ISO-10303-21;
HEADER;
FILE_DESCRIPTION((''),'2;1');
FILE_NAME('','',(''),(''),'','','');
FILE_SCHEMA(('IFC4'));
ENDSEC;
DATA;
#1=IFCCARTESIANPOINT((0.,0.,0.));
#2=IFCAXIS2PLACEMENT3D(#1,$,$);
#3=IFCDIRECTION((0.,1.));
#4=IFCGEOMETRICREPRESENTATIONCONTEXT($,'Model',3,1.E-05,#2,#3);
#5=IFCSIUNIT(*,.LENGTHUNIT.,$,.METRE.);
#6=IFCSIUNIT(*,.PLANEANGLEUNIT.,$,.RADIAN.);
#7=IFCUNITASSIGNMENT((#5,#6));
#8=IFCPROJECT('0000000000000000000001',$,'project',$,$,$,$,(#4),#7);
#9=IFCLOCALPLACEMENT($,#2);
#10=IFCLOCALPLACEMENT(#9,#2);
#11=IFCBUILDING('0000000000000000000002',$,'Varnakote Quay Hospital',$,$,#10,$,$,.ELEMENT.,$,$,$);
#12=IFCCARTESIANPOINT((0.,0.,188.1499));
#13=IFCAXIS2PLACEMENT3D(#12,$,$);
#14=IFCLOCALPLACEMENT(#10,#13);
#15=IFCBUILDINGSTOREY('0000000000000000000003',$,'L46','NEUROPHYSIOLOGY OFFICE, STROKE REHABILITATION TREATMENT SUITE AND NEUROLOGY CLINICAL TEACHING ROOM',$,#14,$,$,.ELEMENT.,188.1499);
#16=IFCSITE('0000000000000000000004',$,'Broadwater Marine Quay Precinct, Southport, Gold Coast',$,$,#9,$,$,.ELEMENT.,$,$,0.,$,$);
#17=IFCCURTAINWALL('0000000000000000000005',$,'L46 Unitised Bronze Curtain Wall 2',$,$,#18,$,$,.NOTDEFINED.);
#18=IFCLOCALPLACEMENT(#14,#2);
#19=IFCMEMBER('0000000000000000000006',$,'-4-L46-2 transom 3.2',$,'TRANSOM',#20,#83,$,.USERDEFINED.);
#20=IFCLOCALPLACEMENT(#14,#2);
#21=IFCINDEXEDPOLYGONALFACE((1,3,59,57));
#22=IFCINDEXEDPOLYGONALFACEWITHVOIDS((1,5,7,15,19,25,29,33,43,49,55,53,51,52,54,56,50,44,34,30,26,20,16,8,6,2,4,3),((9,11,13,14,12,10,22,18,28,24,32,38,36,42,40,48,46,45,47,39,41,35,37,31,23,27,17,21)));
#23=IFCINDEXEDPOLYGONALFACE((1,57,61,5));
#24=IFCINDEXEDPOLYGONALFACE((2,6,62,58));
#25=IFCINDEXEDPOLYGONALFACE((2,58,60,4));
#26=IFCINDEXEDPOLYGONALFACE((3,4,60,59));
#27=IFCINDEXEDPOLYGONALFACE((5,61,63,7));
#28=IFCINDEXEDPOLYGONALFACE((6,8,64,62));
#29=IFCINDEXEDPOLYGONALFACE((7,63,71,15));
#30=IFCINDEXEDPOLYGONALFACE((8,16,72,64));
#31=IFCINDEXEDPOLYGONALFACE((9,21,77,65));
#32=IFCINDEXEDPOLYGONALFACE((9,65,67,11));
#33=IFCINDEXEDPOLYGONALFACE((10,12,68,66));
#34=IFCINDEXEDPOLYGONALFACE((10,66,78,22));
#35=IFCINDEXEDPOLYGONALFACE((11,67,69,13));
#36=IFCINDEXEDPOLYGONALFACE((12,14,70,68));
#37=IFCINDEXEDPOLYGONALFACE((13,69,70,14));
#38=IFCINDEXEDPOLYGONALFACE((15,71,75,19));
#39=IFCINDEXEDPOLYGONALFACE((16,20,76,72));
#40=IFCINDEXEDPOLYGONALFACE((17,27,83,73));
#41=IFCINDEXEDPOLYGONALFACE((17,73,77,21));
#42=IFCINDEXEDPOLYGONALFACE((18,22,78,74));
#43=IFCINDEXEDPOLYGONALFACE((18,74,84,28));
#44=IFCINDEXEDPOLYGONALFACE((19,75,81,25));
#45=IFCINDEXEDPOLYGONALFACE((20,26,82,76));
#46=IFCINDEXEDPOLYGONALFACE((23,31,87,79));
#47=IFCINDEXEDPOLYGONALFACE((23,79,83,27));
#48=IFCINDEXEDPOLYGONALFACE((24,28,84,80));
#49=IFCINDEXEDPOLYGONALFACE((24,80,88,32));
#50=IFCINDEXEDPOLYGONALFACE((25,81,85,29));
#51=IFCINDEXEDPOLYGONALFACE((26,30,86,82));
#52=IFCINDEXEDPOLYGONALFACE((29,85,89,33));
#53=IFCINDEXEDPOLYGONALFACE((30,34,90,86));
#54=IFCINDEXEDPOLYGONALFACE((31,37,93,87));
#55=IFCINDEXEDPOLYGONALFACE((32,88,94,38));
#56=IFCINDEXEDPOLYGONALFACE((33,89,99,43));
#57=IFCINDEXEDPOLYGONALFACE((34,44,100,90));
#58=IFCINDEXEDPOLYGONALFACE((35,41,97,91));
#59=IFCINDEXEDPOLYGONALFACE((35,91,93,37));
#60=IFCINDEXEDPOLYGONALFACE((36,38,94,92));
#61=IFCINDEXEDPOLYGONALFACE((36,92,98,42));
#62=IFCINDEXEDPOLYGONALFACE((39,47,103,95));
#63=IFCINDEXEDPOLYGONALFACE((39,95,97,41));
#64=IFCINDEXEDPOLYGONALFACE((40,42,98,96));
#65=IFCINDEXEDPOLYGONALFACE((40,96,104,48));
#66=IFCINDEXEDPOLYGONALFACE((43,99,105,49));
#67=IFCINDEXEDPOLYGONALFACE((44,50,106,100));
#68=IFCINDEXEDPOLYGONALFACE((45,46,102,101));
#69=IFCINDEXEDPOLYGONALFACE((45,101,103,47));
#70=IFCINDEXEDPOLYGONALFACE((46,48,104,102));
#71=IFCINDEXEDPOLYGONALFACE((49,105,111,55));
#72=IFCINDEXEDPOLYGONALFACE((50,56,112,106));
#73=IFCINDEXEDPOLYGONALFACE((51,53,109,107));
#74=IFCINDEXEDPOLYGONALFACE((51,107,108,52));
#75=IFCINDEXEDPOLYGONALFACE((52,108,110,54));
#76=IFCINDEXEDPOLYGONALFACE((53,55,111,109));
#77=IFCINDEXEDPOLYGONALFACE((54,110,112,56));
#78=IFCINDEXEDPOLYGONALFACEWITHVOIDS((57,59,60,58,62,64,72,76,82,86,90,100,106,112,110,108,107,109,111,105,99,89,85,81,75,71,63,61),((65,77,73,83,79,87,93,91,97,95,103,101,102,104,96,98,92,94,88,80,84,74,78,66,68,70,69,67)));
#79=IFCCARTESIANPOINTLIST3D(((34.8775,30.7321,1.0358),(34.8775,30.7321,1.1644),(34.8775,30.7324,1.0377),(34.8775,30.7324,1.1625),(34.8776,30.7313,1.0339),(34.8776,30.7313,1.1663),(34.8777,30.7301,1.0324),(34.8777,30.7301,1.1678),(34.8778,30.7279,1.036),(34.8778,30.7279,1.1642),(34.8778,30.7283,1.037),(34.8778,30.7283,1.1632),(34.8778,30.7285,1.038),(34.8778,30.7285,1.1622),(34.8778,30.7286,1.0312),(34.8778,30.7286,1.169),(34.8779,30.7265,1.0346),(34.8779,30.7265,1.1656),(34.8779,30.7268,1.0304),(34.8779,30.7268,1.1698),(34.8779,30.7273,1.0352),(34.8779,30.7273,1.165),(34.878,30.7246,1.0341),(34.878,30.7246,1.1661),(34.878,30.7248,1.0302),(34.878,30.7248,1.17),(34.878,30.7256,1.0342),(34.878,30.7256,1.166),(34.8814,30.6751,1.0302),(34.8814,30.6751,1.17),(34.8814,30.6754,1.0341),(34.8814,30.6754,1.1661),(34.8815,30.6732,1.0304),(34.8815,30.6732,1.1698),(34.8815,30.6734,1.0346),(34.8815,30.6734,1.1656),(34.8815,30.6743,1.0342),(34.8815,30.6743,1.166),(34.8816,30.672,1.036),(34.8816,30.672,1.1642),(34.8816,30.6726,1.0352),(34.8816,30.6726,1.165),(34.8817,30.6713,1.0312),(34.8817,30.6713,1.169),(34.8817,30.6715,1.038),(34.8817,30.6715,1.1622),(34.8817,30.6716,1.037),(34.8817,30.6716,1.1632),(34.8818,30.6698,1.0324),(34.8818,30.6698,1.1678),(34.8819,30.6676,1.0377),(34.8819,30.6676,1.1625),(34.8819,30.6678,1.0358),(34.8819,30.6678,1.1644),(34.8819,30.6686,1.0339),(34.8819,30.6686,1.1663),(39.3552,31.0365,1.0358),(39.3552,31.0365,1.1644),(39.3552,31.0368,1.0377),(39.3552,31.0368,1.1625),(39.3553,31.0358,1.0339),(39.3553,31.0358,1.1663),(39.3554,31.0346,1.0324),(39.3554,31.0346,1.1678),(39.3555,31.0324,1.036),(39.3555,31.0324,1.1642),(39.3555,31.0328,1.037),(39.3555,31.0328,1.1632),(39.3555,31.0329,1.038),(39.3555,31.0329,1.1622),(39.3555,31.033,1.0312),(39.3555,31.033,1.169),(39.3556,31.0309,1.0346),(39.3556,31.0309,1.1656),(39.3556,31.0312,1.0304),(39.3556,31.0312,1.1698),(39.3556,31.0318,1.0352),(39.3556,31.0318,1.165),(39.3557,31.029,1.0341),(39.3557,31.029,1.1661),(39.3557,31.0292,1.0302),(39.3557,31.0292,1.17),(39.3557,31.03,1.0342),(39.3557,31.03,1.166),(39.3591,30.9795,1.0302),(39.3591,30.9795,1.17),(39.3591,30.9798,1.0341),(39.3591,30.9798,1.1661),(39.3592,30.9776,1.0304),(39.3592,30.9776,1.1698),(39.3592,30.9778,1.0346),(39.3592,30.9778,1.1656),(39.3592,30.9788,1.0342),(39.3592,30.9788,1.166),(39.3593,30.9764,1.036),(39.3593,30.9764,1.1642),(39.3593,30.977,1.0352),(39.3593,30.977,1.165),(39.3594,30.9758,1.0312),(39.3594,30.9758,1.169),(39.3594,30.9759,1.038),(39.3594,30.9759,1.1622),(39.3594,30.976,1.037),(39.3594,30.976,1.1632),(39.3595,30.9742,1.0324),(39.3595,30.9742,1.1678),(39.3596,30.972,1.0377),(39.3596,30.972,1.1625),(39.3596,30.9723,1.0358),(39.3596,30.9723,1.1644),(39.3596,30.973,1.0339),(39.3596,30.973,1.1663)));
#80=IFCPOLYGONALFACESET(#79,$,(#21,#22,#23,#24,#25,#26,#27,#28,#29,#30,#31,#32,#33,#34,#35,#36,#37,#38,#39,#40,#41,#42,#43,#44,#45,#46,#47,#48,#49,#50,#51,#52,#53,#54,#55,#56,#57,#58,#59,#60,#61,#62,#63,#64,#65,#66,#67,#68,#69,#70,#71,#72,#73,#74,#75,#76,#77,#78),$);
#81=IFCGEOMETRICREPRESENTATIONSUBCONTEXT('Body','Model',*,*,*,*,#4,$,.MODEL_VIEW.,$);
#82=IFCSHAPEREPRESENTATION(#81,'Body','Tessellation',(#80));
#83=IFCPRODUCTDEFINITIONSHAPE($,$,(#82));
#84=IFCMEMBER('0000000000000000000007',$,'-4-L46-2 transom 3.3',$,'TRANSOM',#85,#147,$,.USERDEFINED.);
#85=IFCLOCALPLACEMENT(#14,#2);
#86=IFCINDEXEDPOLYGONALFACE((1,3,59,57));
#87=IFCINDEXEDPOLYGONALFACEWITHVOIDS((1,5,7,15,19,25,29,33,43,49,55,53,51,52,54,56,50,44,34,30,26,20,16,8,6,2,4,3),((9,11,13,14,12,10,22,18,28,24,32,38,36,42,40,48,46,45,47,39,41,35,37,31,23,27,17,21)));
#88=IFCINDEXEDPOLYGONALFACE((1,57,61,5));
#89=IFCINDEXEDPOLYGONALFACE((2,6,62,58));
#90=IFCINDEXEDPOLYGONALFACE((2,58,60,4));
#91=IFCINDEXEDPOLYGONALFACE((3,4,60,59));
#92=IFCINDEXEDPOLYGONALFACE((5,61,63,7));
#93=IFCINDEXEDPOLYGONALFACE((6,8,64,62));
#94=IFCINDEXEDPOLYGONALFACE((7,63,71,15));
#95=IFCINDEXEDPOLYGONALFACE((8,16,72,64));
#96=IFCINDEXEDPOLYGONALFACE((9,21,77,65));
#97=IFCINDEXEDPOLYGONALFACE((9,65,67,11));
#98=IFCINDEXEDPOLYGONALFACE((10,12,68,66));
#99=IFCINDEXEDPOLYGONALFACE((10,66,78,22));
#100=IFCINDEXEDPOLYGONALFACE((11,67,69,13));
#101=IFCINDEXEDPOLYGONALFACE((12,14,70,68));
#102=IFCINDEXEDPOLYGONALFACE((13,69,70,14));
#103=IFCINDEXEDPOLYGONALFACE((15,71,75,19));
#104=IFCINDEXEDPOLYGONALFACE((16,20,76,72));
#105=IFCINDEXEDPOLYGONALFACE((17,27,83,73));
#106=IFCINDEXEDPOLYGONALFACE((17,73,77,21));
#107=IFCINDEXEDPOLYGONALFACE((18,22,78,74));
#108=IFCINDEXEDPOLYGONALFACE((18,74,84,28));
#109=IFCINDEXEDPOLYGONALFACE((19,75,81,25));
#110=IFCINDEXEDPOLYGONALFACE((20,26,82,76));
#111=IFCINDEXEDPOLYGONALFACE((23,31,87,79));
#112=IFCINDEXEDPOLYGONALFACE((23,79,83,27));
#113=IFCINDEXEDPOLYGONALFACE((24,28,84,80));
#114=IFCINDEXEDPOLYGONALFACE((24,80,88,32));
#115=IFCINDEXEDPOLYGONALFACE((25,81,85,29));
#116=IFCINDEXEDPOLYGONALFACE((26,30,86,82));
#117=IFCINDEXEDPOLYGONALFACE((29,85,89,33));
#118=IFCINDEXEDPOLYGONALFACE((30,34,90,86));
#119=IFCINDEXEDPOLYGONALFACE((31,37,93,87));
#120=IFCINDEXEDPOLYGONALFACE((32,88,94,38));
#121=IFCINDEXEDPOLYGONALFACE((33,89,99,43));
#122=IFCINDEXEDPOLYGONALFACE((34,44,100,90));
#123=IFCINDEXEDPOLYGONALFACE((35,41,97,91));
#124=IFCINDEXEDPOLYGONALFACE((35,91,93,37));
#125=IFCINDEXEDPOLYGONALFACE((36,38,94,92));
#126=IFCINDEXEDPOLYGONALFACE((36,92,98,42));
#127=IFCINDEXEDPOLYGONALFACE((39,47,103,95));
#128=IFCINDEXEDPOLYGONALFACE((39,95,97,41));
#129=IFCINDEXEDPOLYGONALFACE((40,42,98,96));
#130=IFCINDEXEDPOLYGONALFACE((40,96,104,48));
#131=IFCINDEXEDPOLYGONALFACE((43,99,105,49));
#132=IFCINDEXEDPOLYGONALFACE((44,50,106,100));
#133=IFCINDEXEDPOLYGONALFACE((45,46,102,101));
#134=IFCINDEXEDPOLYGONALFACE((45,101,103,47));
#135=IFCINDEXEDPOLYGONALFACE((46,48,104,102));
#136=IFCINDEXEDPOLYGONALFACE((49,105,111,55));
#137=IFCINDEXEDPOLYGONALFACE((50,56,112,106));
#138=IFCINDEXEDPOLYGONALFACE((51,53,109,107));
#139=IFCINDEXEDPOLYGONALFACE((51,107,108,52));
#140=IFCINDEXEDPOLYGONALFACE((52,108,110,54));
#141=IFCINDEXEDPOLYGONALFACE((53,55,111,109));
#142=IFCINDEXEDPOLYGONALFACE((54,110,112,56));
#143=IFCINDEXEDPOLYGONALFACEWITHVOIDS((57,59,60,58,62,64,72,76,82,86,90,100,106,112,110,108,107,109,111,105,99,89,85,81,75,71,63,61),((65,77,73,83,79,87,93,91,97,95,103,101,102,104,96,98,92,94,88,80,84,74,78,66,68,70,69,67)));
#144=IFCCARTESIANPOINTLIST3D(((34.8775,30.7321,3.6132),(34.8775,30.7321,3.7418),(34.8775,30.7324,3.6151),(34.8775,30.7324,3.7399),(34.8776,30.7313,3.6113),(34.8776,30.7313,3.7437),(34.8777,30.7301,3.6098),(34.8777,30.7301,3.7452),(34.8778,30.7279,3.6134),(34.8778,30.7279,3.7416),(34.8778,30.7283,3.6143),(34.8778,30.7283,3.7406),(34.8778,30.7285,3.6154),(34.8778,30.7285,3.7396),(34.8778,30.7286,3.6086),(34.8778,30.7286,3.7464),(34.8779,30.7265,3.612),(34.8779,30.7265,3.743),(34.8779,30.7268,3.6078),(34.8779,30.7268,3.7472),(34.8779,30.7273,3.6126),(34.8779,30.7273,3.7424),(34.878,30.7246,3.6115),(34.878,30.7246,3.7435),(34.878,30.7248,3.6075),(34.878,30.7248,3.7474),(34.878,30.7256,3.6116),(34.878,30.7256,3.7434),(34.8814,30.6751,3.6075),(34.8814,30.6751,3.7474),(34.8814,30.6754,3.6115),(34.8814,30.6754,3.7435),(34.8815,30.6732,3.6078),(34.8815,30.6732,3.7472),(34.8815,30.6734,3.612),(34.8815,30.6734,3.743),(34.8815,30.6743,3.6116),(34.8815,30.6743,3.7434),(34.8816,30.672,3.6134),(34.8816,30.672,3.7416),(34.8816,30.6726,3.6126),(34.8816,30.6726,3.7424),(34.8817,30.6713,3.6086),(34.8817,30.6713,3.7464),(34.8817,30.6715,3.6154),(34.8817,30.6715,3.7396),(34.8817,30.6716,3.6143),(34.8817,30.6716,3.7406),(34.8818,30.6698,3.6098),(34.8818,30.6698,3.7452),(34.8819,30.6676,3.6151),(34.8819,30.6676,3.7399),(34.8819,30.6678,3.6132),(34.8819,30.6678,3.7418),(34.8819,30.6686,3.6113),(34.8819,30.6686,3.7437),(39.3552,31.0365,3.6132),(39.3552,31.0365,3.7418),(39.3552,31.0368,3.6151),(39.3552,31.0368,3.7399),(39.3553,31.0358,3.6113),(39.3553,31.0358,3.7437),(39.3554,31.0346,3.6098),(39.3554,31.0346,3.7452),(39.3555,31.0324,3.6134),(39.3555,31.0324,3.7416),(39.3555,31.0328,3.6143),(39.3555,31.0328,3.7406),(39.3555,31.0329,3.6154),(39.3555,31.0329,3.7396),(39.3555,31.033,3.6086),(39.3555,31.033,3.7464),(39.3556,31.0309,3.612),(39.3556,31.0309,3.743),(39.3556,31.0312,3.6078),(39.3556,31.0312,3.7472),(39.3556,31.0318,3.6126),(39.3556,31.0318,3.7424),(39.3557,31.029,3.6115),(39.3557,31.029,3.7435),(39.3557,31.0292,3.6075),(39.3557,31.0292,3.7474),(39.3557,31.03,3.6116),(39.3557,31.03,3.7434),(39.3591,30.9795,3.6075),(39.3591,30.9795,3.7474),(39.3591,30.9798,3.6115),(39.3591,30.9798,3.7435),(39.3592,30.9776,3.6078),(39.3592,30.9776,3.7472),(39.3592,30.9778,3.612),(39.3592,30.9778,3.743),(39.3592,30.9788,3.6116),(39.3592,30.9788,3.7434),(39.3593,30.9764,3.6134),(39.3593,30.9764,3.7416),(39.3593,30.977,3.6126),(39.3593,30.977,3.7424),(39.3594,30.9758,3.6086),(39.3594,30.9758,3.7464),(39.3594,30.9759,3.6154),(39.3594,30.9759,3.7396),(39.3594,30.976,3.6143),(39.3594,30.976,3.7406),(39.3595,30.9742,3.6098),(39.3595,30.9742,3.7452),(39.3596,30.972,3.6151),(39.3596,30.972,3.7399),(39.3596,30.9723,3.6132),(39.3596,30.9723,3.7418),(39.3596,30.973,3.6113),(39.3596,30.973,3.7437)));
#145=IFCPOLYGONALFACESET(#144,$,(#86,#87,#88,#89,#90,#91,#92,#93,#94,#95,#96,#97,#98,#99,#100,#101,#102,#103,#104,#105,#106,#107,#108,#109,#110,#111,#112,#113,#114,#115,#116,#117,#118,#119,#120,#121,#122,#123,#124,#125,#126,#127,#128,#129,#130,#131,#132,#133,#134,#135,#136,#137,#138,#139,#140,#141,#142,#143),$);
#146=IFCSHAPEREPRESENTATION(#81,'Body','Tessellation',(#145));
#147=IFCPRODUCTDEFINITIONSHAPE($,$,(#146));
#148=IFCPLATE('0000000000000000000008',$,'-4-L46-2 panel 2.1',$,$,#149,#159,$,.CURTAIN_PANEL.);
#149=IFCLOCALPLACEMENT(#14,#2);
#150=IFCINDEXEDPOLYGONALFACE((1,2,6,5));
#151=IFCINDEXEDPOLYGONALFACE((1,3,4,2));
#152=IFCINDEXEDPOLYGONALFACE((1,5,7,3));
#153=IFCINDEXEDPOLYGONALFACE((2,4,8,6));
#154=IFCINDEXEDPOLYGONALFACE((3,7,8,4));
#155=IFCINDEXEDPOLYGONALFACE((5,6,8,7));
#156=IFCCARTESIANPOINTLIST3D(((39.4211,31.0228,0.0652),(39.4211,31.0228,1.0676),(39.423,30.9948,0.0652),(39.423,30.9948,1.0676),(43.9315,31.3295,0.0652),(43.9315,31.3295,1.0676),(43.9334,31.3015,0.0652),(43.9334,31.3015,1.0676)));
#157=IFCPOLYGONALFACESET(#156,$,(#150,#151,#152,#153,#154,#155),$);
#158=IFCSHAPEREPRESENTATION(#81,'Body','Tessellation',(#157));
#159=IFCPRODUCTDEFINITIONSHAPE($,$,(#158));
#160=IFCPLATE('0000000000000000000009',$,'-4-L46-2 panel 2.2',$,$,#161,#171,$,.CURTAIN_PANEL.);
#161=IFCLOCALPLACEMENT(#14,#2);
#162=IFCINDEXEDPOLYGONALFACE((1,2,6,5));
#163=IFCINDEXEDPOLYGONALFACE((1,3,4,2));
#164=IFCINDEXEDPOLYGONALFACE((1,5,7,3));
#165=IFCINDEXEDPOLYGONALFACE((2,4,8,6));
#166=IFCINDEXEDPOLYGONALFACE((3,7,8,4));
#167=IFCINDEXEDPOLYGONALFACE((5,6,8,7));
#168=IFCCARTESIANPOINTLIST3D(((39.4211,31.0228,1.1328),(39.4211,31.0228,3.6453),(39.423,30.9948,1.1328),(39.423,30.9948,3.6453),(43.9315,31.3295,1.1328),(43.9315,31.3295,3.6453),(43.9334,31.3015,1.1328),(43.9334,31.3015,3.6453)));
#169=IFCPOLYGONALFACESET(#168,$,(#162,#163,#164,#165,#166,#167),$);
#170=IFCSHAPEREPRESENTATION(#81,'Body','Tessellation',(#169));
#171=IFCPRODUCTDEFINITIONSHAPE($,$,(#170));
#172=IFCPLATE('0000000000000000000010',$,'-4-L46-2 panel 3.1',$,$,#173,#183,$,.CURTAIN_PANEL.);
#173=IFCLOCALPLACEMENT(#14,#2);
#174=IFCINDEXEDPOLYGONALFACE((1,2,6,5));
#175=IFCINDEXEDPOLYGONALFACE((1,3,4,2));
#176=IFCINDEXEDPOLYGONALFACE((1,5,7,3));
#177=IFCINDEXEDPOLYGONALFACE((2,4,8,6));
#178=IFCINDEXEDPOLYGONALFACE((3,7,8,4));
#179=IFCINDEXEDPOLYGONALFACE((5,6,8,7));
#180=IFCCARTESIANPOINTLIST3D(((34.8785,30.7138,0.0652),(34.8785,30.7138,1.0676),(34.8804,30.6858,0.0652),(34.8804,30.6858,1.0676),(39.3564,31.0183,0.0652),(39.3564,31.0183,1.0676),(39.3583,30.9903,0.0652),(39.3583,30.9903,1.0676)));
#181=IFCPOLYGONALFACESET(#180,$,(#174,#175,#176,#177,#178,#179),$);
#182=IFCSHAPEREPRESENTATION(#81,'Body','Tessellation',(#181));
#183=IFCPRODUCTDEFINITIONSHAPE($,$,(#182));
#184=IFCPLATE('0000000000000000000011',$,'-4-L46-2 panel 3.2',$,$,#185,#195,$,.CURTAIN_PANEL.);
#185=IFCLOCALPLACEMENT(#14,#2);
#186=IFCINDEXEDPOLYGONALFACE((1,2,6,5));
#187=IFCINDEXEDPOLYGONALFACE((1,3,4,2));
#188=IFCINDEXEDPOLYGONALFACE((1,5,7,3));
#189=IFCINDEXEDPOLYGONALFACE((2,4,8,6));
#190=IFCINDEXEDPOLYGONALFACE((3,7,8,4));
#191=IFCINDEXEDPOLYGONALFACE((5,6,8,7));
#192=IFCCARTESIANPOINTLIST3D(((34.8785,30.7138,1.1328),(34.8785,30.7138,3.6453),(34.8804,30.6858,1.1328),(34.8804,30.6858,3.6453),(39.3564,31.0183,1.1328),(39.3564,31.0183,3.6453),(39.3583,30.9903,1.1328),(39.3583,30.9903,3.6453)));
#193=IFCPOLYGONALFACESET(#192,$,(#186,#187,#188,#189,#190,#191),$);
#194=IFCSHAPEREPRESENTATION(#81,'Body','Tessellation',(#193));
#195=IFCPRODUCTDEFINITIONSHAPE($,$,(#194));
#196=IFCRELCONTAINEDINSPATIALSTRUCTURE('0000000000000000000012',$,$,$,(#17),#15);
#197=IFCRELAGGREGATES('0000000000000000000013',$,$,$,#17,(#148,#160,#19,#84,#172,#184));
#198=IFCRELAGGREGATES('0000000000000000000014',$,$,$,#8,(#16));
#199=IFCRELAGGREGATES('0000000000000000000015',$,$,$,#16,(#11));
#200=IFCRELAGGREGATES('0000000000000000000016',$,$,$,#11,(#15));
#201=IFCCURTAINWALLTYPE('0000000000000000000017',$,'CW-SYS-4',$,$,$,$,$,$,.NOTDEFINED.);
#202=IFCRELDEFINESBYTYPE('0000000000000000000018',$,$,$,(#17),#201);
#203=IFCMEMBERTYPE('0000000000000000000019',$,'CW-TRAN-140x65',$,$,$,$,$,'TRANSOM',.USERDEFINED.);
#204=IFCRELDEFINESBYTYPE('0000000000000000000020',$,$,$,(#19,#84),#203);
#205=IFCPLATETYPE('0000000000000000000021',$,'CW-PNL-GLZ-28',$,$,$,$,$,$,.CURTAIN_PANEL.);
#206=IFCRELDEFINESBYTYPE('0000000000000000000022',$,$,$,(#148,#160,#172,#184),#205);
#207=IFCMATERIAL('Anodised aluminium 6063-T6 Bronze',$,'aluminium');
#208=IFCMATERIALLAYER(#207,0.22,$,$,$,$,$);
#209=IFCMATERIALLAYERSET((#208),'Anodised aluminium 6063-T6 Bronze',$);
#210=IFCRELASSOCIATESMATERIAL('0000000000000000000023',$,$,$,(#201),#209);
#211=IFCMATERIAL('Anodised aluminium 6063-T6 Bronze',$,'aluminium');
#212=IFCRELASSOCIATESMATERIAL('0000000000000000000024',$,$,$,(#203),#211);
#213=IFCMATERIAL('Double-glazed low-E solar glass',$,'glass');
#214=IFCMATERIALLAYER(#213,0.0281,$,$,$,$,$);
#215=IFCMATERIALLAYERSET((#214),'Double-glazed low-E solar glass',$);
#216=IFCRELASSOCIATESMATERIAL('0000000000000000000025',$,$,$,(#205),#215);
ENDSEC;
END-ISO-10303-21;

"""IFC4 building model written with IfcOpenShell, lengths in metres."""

from ifc_helpers import new_model, si_unit, direction, frame, origin, origin_2d, place, context, subcontext, project, spatial, rectangle, hollow_rectangle, extrude, material, layer, layer_set, material_profile, profile_set, type_object, element, aggregate, save


model = new_model("IFC4")

# Units and contexts
model_context = context("Model", 3, precision=1e-05, world=origin(), true_north=direction((0.0, 1.0)))
body_context = subcontext(model_context, "Body", "Model", "MODEL_VIEW")
ifc_project = project(units=[si_unit("LENGTHUNIT", "METRE"), si_unit("PLANEANGLEUNIT", "RADIAN")], contexts=[model_context])

# Site, building, storey
site_placement = place(None, origin())
site = spatial("IfcSite", under=ifc_project, at=site_placement, Name="Broadwater Marine Quay Precinct, Southport, Gold Coast", CompositionType="ELEMENT", RefElevation=0.0)
building_placement = place(site_placement, origin())
building = spatial("IfcBuilding", under=site, at=building_placement, Name="Varnakote Quay Hospital", CompositionType="ELEMENT")
storey_placement = place(building_placement, frame((0.0, 0.0, 188.1499)))
storey = spatial("IfcBuildingStorey", under=building, at=storey_placement, Name="L46", Description="NEUROPHYSIOLOGY OFFICE, STROKE REHABILITATION TREATMENT SUITE AND NEUROLOGY CLINICAL TEACHING ROOM", CompositionType="ELEMENT", Elevation=188.1499)

# Curtain wall, members, plates
ifc_material_1 = material(Name="Anodised aluminium 6063-T6 Bronze", Category="aluminium")
ifc_layer_1 = layer(ifc_material_1, 0.22)
ifc_layer_set_1 = layer_set([ifc_layer_1], Name="Anodised aluminium 6063-T6 Bronze")
curtain_wall_type = type_object("IfcCurtainWallType", Name="CW-SYS-4", PredefinedType="NOTDEFINED", material=ifc_layer_set_1)
curtain_wall_placement = place(storey_placement, origin())
curtain_wall = element("IfcCurtainWall", 1, at=curtain_wall_placement, inside=storey, type_object=curtain_wall_type, Name="L46 Unitised Bronze Curtain Wall 2", PredefinedType="NOTDEFINED")
ifc_material_2 = material(Name="Anodised aluminium 6063-T6 Bronze", Category="aluminium")
ifc_material_profile_1 = material_profile(ifc_material_2, hollow_rectangle(XDim=0.0649, YDim=0.1399, WallThickness=0.0039, InnerFilletRadius=0.0039, OuterFilletRadius=0.0076, at=origin_2d()), Name="CW-TRAN-140x65")
ifc_profile_set_1 = profile_set([ifc_material_profile_1], Name="Anodised aluminium 6063-T6 Bronze")
member_type_1 = type_object("IfcMemberType", Name="CW-TRAN-140x65", ElementType="TRANSOM", PredefinedType="USERDEFINED", material=ifc_profile_set_1)
member_1_placement = place(storey_placement, frame((39.3574, 31.0044, 1.1001), z_axis=(-0.997697, -0.067833, 0.0), x_axis=(0.067833, -0.997697, 0.0)))
member_1 = element("IfcMember", 2, at=member_1_placement, type_object=member_type_1, Name="-4-L46-2 transom 3.2", ObjectType="TRANSOM", PredefinedType="USERDEFINED", context=body_context, shape_type="SweptSolid", body=[
    extrude(hollow_rectangle(XDim=0.0649, YDim=0.1399, WallThickness=0.0039, InnerFilletRadius=0.0039, OuterFilletRadius=0.0076, at=origin_2d()), origin(), (0.0, 0.0, 1.0), 4.488),
])
member_2_placement = place(storey_placement, frame((39.3574, 31.0044, 3.6775), z_axis=(-0.997697, -0.067833, 0.0), x_axis=(0.067833, -0.997697, 0.0)))
member_2 = element("IfcMember", 3, at=member_2_placement, type_object=member_type_1, Name="-4-L46-2 transom 3.3", ObjectType="TRANSOM", PredefinedType="USERDEFINED", context=body_context, shape_type="SweptSolid", body=[
    extrude(hollow_rectangle(XDim=0.0649, YDim=0.1399, WallThickness=0.0039, InnerFilletRadius=0.0039, OuterFilletRadius=0.0076, at=origin_2d()), origin(), (0.0, 0.0, 1.0), 4.488),
])
ifc_material_3 = material(Name="Double-glazed low-E solar glass", Category="glass")
ifc_layer_2 = layer(ifc_material_3, 0.0281)
ifc_layer_set_2 = layer_set([ifc_layer_2], Name="Double-glazed low-E solar glass")
plate_type = type_object("IfcPlateType", Name="CW-PNL-GLZ-28", PredefinedType="CURTAIN_PANEL", material=ifc_layer_set_2)
plate_1_placement = place(storey_placement, frame((41.6772, 31.1621, 0.0652), z_axis=(0.0, 0.0, 1.0), x_axis=(-0.997696, -0.067842, 0.0)))
plate_1 = element("IfcPlate", 4, at=plate_1_placement, type_object=plate_type, Name="-4-L46-2 panel 2.1", PredefinedType="CURTAIN_PANEL", context=body_context, shape_type="SweptSolid", body=[
    extrude(rectangle(XDim=4.5208, YDim=0.0281, at=origin_2d()), origin(), (0.0, 0.0, 1.0), 1.0024),
])
plate_2_placement = place(storey_placement, frame((41.6772, 31.1621, 1.1328), z_axis=(0.0, 0.0, 1.0), x_axis=(-0.997696, -0.067842, 0.0)))
plate_2 = element("IfcPlate", 5, at=plate_2_placement, type_object=plate_type, Name="-4-L46-2 panel 2.2", PredefinedType="CURTAIN_PANEL", context=body_context, shape_type="SweptSolid", body=[
    extrude(rectangle(XDim=4.5208, YDim=0.0281, at=origin_2d()), origin(), (0.0, 0.0, 1.0), 2.5125),
])
plate_3_placement = place(storey_placement, frame((37.1184, 30.8521, 0.0652), z_axis=(0.0, 0.0, 1.0), x_axis=(-0.997696, -0.067842, 0.0)))
plate_3 = element("IfcPlate", 6, at=plate_3_placement, type_object=plate_type, Name="-4-L46-2 panel 3.1", PredefinedType="CURTAIN_PANEL", context=body_context, shape_type="SweptSolid", body=[
    extrude(rectangle(XDim=4.4883, YDim=0.0281, at=origin_2d()), origin(), (0.0, 0.0, 1.0), 1.0024),
])
plate_4_placement = place(storey_placement, frame((37.1184, 30.8521, 1.1328), z_axis=(0.0, 0.0, 1.0), x_axis=(-0.997696, -0.067842, 0.0)))
plate_4 = element("IfcPlate", 7, at=plate_4_placement, type_object=plate_type, Name="-4-L46-2 panel 3.2", PredefinedType="CURTAIN_PANEL", context=body_context, shape_type="SweptSolid", body=[
    extrude(rectangle(XDim=4.4883, YDim=0.0281, at=origin_2d()), origin(), (0.0, 0.0, 1.0), 2.5125),
])
aggregate(curtain_wall, [plate_1, plate_2, member_1, member_2, plate_3, plate_4])

save(model, "model.ifc")
